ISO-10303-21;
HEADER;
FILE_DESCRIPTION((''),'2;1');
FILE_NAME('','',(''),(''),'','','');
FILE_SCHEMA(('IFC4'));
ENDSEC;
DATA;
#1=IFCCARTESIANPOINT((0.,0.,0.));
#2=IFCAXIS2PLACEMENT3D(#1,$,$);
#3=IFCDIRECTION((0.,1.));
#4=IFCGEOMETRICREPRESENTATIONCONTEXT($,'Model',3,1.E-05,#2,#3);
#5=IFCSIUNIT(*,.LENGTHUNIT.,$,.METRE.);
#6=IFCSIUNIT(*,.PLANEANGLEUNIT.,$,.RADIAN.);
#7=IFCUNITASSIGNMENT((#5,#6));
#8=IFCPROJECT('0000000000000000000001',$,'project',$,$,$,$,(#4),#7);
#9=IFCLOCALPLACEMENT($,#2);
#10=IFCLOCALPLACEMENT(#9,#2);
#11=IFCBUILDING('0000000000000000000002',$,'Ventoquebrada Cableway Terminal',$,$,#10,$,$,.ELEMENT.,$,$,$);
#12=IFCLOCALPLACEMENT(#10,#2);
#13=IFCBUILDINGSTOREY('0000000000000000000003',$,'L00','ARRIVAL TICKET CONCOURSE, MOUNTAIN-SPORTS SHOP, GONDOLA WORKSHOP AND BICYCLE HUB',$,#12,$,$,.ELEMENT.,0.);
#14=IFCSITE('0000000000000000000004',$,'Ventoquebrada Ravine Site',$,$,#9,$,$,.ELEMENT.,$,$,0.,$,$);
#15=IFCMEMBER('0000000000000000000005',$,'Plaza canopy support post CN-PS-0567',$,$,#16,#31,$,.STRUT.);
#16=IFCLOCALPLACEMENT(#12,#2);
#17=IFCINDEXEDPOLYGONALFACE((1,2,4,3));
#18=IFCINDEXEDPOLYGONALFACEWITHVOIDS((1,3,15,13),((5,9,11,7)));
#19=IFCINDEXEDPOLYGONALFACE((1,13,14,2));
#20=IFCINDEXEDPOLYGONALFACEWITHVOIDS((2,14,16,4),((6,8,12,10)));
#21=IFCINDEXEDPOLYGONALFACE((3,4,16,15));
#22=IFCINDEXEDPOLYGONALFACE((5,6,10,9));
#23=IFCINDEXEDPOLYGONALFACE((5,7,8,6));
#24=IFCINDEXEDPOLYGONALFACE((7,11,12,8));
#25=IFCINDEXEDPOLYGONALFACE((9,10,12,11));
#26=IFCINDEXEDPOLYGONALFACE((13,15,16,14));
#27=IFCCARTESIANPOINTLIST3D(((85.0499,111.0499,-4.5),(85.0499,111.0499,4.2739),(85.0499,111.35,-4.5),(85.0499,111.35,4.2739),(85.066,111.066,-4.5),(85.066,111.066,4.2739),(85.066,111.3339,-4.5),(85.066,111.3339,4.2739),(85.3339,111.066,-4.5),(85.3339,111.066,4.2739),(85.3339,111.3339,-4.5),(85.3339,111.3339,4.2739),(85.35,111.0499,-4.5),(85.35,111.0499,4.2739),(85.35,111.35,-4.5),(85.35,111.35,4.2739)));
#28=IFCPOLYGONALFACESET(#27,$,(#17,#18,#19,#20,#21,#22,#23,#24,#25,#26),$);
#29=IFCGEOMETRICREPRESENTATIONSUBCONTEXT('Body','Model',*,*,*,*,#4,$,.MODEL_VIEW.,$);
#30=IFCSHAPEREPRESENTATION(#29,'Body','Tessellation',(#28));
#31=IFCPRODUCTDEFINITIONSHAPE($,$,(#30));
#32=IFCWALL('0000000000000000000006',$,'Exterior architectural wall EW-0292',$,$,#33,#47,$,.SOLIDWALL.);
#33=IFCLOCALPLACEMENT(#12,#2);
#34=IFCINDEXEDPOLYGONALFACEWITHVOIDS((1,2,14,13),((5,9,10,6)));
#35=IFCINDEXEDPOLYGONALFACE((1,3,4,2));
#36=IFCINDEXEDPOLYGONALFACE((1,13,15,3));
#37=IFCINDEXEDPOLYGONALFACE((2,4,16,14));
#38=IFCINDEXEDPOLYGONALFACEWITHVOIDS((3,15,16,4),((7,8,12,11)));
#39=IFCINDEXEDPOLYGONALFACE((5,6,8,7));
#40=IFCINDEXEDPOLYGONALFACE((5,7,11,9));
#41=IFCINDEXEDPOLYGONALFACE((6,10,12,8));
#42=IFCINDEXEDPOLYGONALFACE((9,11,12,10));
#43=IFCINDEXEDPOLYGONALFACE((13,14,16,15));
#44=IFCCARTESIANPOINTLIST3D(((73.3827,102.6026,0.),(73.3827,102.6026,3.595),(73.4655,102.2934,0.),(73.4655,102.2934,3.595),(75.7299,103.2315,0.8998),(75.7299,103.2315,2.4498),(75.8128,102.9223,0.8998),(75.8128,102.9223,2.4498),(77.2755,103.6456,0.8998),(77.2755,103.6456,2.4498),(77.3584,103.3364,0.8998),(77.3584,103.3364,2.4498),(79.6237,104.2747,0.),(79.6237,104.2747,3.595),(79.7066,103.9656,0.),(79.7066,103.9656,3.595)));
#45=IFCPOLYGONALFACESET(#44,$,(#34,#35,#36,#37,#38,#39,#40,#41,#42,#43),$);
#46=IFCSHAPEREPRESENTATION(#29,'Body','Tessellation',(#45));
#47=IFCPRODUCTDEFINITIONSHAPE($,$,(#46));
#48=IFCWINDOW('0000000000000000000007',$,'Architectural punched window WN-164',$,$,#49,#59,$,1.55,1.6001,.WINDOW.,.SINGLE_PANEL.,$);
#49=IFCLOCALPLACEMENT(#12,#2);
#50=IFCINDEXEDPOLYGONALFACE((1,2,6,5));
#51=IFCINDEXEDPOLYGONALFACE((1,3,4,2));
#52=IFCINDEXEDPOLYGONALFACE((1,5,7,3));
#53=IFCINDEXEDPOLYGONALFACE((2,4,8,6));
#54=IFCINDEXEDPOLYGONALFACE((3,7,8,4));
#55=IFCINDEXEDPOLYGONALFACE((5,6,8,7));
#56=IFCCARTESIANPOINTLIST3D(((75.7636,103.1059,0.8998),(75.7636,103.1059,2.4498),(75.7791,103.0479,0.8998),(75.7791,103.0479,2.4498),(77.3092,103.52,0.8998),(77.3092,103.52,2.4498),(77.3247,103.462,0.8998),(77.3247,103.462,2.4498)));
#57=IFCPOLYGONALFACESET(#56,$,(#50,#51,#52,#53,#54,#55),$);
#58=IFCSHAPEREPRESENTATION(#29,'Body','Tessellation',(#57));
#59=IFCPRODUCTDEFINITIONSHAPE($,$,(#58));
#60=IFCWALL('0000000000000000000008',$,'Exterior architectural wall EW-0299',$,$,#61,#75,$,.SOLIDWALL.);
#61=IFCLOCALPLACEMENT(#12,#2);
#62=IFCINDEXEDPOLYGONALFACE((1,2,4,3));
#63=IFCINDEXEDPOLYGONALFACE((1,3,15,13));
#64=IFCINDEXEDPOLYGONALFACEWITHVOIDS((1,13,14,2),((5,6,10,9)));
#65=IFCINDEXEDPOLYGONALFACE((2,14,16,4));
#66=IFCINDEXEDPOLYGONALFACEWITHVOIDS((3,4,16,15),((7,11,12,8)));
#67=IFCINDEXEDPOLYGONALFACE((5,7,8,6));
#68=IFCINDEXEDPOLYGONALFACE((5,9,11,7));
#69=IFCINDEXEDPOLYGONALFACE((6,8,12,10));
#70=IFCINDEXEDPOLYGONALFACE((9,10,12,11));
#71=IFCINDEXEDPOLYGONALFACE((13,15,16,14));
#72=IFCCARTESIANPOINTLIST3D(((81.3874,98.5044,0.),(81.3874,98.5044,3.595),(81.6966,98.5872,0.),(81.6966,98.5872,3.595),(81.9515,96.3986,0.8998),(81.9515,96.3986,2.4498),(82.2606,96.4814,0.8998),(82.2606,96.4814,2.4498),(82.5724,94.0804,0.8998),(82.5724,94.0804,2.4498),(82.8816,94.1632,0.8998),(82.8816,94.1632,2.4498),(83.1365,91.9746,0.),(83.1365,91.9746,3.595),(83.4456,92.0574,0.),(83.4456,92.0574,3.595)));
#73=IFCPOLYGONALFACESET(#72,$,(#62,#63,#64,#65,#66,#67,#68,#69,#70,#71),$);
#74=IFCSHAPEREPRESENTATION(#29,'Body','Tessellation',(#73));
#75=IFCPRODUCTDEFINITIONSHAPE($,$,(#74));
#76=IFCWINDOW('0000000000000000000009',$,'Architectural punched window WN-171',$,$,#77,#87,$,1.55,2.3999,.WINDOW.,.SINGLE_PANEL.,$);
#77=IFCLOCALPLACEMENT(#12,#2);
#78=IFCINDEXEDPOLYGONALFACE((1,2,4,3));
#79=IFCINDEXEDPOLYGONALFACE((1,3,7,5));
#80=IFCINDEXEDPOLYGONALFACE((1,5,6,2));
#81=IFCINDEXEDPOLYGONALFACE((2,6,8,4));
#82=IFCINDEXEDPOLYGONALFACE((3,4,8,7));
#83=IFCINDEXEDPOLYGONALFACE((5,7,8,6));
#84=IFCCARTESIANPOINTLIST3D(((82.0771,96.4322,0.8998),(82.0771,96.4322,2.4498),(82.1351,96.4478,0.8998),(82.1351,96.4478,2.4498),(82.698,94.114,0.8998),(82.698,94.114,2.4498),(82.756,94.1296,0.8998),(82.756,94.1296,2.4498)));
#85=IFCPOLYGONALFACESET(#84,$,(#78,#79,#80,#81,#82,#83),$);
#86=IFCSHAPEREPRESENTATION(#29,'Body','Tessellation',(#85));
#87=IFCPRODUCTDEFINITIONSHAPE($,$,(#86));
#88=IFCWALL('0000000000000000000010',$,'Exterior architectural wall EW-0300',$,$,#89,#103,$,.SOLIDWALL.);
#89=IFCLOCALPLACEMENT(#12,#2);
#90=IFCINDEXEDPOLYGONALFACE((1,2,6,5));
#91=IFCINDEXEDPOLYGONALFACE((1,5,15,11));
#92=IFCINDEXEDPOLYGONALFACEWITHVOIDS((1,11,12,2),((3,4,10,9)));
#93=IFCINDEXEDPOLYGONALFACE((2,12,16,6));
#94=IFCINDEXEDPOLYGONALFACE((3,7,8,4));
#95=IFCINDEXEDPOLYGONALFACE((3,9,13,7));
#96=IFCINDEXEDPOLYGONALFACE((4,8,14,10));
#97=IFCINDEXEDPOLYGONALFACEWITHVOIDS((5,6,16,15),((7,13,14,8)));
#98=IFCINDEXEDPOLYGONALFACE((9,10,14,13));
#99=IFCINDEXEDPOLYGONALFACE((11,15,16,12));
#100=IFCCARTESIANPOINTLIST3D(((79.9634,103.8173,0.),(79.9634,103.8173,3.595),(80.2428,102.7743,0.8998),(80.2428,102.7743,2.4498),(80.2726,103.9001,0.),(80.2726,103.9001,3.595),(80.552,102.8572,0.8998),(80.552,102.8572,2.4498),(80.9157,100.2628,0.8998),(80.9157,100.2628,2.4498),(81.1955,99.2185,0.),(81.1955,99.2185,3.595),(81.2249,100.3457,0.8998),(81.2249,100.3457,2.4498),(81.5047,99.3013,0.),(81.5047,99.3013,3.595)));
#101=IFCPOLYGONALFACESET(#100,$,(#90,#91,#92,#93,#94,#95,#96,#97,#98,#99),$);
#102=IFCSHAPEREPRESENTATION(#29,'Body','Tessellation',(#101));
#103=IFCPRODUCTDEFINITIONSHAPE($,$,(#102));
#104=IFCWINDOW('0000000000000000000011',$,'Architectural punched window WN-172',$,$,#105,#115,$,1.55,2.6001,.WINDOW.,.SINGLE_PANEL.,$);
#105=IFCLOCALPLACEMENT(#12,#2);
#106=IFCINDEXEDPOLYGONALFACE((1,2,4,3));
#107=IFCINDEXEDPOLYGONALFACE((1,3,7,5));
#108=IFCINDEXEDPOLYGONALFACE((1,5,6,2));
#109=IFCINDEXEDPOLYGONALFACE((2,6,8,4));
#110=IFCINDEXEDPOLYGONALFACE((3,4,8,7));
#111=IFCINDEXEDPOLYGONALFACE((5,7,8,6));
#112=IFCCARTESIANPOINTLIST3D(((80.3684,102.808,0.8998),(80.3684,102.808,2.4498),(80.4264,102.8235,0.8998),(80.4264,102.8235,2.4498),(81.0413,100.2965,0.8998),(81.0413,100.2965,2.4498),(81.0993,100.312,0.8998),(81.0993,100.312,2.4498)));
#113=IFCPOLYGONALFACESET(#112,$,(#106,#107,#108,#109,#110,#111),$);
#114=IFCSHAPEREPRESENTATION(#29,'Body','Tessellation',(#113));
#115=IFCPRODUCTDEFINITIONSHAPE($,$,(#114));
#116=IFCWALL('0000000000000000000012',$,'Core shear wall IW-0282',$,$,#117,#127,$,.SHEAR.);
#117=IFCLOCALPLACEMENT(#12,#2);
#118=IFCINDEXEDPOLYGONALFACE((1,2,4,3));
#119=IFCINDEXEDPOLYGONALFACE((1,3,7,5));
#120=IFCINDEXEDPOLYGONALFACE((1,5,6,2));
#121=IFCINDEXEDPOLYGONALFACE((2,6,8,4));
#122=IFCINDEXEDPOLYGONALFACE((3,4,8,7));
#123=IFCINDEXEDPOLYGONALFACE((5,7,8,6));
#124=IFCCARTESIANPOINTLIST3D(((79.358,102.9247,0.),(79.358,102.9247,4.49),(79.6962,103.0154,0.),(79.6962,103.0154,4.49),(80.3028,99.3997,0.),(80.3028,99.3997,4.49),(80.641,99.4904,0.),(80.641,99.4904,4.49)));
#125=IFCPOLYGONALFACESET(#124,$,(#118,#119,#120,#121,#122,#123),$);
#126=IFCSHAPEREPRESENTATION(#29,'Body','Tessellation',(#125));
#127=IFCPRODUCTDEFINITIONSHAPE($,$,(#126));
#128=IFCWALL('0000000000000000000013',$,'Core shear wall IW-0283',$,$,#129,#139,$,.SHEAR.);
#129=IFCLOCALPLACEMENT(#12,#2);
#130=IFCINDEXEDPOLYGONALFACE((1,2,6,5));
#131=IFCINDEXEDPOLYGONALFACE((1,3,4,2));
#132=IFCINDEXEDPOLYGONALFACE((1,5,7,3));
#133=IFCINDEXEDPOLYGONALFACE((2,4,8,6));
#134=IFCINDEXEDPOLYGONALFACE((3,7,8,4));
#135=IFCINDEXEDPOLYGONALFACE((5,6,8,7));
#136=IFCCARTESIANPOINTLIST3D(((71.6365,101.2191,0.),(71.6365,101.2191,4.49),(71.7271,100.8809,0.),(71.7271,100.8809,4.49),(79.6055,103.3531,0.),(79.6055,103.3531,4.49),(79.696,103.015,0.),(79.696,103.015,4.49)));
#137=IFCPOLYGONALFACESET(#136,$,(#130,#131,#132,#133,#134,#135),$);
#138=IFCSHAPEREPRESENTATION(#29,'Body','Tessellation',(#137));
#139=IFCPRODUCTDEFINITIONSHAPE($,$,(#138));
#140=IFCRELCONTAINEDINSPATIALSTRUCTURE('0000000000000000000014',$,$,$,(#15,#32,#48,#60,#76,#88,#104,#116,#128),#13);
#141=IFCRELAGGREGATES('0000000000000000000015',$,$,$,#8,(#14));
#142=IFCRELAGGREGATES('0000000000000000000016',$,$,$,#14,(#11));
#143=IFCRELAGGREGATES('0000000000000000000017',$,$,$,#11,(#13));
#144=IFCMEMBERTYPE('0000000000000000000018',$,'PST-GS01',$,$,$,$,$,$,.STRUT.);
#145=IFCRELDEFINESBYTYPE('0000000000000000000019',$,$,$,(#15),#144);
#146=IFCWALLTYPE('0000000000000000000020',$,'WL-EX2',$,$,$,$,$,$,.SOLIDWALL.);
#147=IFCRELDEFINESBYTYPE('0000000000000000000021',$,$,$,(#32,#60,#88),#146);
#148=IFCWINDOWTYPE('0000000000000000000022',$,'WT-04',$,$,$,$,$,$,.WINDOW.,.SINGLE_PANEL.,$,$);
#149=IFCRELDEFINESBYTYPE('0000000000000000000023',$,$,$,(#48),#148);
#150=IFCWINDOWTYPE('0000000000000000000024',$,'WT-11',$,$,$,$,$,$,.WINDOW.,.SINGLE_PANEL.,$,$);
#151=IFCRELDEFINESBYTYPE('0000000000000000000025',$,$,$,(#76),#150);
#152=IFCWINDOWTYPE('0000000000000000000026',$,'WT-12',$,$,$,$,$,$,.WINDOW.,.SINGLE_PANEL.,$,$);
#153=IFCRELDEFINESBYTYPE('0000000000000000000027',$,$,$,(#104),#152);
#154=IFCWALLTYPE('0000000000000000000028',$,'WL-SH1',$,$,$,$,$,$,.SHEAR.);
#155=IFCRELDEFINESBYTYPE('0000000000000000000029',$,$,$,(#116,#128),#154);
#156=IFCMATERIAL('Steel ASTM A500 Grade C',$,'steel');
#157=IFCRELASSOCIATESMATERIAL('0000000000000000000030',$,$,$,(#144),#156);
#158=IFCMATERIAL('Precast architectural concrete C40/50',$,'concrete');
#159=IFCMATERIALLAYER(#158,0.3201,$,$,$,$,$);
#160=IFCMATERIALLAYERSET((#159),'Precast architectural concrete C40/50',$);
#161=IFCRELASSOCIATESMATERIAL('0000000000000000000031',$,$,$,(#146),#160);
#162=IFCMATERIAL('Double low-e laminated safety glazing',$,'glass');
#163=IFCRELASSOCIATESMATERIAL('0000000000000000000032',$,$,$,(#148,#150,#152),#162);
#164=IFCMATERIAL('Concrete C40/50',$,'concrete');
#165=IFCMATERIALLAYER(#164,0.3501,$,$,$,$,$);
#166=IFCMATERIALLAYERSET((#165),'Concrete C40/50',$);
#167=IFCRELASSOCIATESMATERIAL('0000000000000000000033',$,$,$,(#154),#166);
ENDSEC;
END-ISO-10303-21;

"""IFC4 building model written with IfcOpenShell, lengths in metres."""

from ifc_helpers import new_model, si_unit, direction, frame, frame_2d, origin, origin_2d, place, context, subcontext, project, spatial, rectangle, hollow_rectangle, extrude, material, layer, layer_set, material_profile, profile_set, type_object, element, fill, save


model = new_model("IFC4")

# Units and contexts
model_context = context("Model", 3, precision=1e-05, world=origin(), true_north=direction((0.0, 1.0)))
body_context = subcontext(model_context, "Body", "Model", "MODEL_VIEW")
ifc_project = project(units=[si_unit("LENGTHUNIT", "METRE"), si_unit("PLANEANGLEUNIT", "RADIAN")], contexts=[model_context])

# Site, building, storey
site_placement = place(None, origin())
site = spatial("IfcSite", under=ifc_project, at=site_placement, Name="Ventoquebrada Ravine Site", CompositionType="ELEMENT", RefElevation=0.0)
building_placement = place(site_placement, origin())
building = spatial("IfcBuilding", under=site, at=building_placement, Name="Ventoquebrada Cableway Terminal", CompositionType="ELEMENT")
storey_placement = place(building_placement, origin())
storey = spatial("IfcBuildingStorey", under=building, at=storey_placement, Name="L00", Description="ARRIVAL TICKET CONCOURSE, MOUNTAIN-SPORTS SHOP, GONDOLA WORKSHOP AND BICYCLE HUB", CompositionType="ELEMENT", Elevation=0.0)

# Shared definitions
ifc_material_1 = material(Name="Concrete C40/50", Category="concrete")

# Member
ifc_material_2 = material(Name="Steel ASTM A500 Grade C", Category="steel")
ifc_material_profile_1 = material_profile(ifc_material_2, hollow_rectangle(XDim=0.3, YDim=0.3, WallThickness=0.0161, at=origin_2d()), Name="HSS300X300X16")
ifc_profile_set_1 = profile_set([ifc_material_profile_1], Name="Steel ASTM A500 Grade C")
member_type = type_object("IfcMemberType", Name="PST-GS01", PredefinedType="STRUT", material=ifc_profile_set_1)
member_1_placement = place(storey_placement, frame((85.2, 111.2, -4.5), z_axis=(0.0, 0.0, 1.0), x_axis=(1.0, 0.0, 0.0)))
element("IfcMember", 1, at=member_1_placement, inside=storey, type_object=member_type, Name="Plaza canopy support post CN-PS-0567", PredefinedType="STRUT", context=body_context, shape_type="SweptSolid", body=[
    extrude(hollow_rectangle(XDim=0.3, YDim=0.3, WallThickness=0.0161, at=origin_2d()), origin(), (0.0, 0.0, 1.0), 8.7739),
])

# Walls, openings, windows
ifc_material_3 = material(Name="Precast architectural concrete C40/50", Category="concrete")
ifc_layer_1 = layer(ifc_material_3, 0.3201)
ifc_layer_set_1 = layer_set([ifc_layer_1], Name="Precast architectural concrete C40/50")
wall_type_1 = type_object("IfcWallType", Name="WL-EX2", PredefinedType="SOLIDWALL", material=ifc_layer_set_1)
wall_1_placement = place(storey_placement, frame((79.665, 104.1201, 0.0), z_axis=(0.0, 0.0, 1.0), x_axis=(-0.965931, -0.258798, 0.0)))
wall_1 = element("IfcWall", 2, at=wall_1_placement, inside=storey, type_object=wall_type_1, Name="Exterior architectural wall EW-0292", PredefinedType="SOLIDWALL", context=body_context, shape_type="SweptSolid", body=[
    extrude(rectangle(XDim=6.4612, YDim=0.3201, at=frame_2d((3.2305, 0.0))), origin(), (0.0, 0.0, 1.0), 3.595),
])
opening_1_placement = place(wall_1_placement, frame((2.4309, 0.0, 0.8999)))
opening_1 = element("IfcOpeningElement", 3, at=opening_1_placement, cuts=wall_1, PredefinedType="OPENING", context=body_context, shape_type="SweptSolid", body=[
    extrude(rectangle(XDim=1.6001, YDim=1.55, at=frame_2d((0.8, 0.7749))), frame((0.0, 0.1699, 0.0), z_axis=(0.0, -1.0, 0.0), x_axis=(1.0, 0.0, 0.0)), (0.0, 0.0, 1.0), 0.3401),
])
ifc_material_4 = material(Name="Double low-e laminated safety glazing", Category="glass")
window_type_1 = type_object("IfcWindowType", Name="WT-04", PartitioningType="SINGLE_PANEL", PredefinedType="WINDOW", material=ifc_material_4)
window_1_placement = place(opening_1_placement, origin())
window_1 = element("IfcWindow", 4, at=window_1_placement, inside=storey, type_object=window_type_1, Name="Architectural punched window WN-164", OverallHeight=1.55, OverallWidth=1.6001, PartitioningType="SINGLE_PANEL", PredefinedType="WINDOW", context=body_context, shape_type="SweptSolid", body=[
    extrude(rectangle(XDim=1.6001, YDim=1.55, at=frame_2d((0.8, 0.7749))), frame((0.0, 0.03, 0.0), z_axis=(0.0, -1.0, 0.0), x_axis=(1.0, 0.0, 0.0)), (0.0, 0.0, 1.0), 0.0601),
])
fill(opening_1, window_1)
wall_2_placement = place(storey_placement, frame((83.291, 92.0161, 0.0), z_axis=(0.0, 0.0, 1.0), x_axis=(-0.258732, 0.965949, 0.0)))
wall_2 = element("IfcWall", 5, at=wall_2_placement, inside=storey, type_object=wall_type_1, Name="Exterior architectural wall EW-0299", PredefinedType="SOLIDWALL", context=body_context, shape_type="SweptSolid", body=[
    extrude(rectangle(XDim=6.76, YDim=0.3201, at=frame_2d((3.3799, 0.0))), origin(), (0.0, 0.0, 1.0), 3.595),
])
opening_2_placement = place(wall_2_placement, frame((2.1799, 0.0, 0.8999)))
opening_2 = element("IfcOpeningElement", 6, at=opening_2_placement, cuts=wall_2, PredefinedType="OPENING", context=body_context, shape_type="SweptSolid", body=[
    extrude(rectangle(XDim=2.3999, YDim=1.55, at=frame_2d((1.2, 0.7749))), frame((0.0, 0.1699, 0.0), z_axis=(0.0, -1.0, 0.0), x_axis=(1.0, 0.0, 0.0)), (0.0, 0.0, 1.0), 0.3401),
])
window_type_2 = type_object("IfcWindowType", Name="WT-11", PartitioningType="SINGLE_PANEL", PredefinedType="WINDOW", material=ifc_material_4)
window_2_placement = place(opening_2_placement, origin())
window_2 = element("IfcWindow", 7, at=window_2_placement, inside=storey, type_object=window_type_2, Name="Architectural punched window WN-171", OverallHeight=1.55, OverallWidth=2.3999, PartitioningType="SINGLE_PANEL", PredefinedType="WINDOW", context=body_context, shape_type="SweptSolid", body=[
    extrude(rectangle(XDim=2.3999, YDim=1.55, at=frame_2d((1.2, 0.7749))), frame((0.0, 0.03, 0.0), z_axis=(0.0, -1.0, 0.0), x_axis=(1.0, 0.0, 0.0)), (0.0, 0.0, 1.0), 0.0601),
])
fill(opening_2, window_2)
wall_3_placement = place(storey_placement, frame((81.3501, 99.26, 0.0), z_axis=(0.0, 0.0, 1.0), x_axis=(-0.258802, 0.96593, 0.0)))
wall_3 = element("IfcWall", 8, at=wall_3_placement, inside=storey, type_object=wall_type_1, Name="Exterior architectural wall EW-0300", PredefinedType="SOLIDWALL", context=body_context, shape_type="SweptSolid", body=[
    extrude(rectangle(XDim=4.761, YDim=0.3201, at=frame_2d((2.3804, 0.0))), origin(), (0.0, 0.0, 1.0), 3.595),
])
opening_3_placement = place(wall_3_placement, frame((1.0811, 0.0, 0.8999)))
opening_3 = element("IfcOpeningElement", 9, at=opening_3_placement, cuts=wall_3, PredefinedType="OPENING", context=body_context, shape_type="SweptSolid", body=[
    extrude(rectangle(XDim=2.6001, YDim=1.55, at=frame_2d((1.3, 0.7749))), frame((0.0, 0.1699, 0.0), z_axis=(0.0, -1.0, 0.0), x_axis=(1.0, 0.0, 0.0)), (0.0, 0.0, 1.0), 0.3401),
])
window_type_3 = type_object("IfcWindowType", Name="WT-12", PartitioningType="SINGLE_PANEL", PredefinedType="WINDOW", material=ifc_material_4)
window_3_placement = place(opening_3_placement, origin())
window_3 = element("IfcWindow", 10, at=window_3_placement, inside=storey, type_object=window_type_3, Name="Architectural punched window WN-172", OverallHeight=1.55, OverallWidth=2.6001, PartitioningType="SINGLE_PANEL", PredefinedType="WINDOW", context=body_context, shape_type="SweptSolid", body=[
    extrude(rectangle(XDim=2.6001, YDim=1.55, at=frame_2d((1.3, 0.7749))), frame((0.0, 0.03, 0.0), z_axis=(0.0, -1.0, 0.0), x_axis=(1.0, 0.0, 0.0)), (0.0, 0.0, 1.0), 0.0601),
])
fill(opening_3, window_3)

# Walls
ifc_layer_2 = layer(ifc_material_1, 0.3501)
ifc_layer_set_2 = layer_set([ifc_layer_2], Name="Concrete C40/50")
wall_type_2 = type_object("IfcWallType", Name="WL-SH1", PredefinedType="SHEAR", material=ifc_layer_set_2)
wall_4_placement = place(storey_placement, frame((80.4719, 99.4451, 0.0), z_axis=(0.0, 0.0, 1.0), x_axis=(-0.258903, 0.965903, 0.0)))
element("IfcWall", 11, at=wall_4_placement, inside=storey, type_object=wall_type_2, Name="Core shear wall IW-0282", PredefinedType="SHEAR", context=body_context, shape_type="SweptSolid", body=[
    extrude(rectangle(XDim=3.6494, YDim=0.3501, at=frame_2d((1.8247, 0.0))), origin(), (0.0, 0.0, 1.0), 4.49),
])
wall_5_placement = place(storey_placement, frame((79.6509, 103.1841, 0.0), z_axis=(0.0, 0.0, 1.0), x_axis=(-0.965964, -0.258677, 0.0)))
element("IfcWall", 12, at=wall_5_placement, inside=storey, type_object=wall_type_2, Name="Core shear wall IW-0283", PredefinedType="SHEAR", context=body_context, shape_type="SweptSolid", body=[
    extrude(rectangle(XDim=8.2498, YDim=0.3501, at=frame_2d((4.125, 0.0))), origin(), (0.0, 0.0, 1.0), 4.49),
])

save(model, "model.ifc")
